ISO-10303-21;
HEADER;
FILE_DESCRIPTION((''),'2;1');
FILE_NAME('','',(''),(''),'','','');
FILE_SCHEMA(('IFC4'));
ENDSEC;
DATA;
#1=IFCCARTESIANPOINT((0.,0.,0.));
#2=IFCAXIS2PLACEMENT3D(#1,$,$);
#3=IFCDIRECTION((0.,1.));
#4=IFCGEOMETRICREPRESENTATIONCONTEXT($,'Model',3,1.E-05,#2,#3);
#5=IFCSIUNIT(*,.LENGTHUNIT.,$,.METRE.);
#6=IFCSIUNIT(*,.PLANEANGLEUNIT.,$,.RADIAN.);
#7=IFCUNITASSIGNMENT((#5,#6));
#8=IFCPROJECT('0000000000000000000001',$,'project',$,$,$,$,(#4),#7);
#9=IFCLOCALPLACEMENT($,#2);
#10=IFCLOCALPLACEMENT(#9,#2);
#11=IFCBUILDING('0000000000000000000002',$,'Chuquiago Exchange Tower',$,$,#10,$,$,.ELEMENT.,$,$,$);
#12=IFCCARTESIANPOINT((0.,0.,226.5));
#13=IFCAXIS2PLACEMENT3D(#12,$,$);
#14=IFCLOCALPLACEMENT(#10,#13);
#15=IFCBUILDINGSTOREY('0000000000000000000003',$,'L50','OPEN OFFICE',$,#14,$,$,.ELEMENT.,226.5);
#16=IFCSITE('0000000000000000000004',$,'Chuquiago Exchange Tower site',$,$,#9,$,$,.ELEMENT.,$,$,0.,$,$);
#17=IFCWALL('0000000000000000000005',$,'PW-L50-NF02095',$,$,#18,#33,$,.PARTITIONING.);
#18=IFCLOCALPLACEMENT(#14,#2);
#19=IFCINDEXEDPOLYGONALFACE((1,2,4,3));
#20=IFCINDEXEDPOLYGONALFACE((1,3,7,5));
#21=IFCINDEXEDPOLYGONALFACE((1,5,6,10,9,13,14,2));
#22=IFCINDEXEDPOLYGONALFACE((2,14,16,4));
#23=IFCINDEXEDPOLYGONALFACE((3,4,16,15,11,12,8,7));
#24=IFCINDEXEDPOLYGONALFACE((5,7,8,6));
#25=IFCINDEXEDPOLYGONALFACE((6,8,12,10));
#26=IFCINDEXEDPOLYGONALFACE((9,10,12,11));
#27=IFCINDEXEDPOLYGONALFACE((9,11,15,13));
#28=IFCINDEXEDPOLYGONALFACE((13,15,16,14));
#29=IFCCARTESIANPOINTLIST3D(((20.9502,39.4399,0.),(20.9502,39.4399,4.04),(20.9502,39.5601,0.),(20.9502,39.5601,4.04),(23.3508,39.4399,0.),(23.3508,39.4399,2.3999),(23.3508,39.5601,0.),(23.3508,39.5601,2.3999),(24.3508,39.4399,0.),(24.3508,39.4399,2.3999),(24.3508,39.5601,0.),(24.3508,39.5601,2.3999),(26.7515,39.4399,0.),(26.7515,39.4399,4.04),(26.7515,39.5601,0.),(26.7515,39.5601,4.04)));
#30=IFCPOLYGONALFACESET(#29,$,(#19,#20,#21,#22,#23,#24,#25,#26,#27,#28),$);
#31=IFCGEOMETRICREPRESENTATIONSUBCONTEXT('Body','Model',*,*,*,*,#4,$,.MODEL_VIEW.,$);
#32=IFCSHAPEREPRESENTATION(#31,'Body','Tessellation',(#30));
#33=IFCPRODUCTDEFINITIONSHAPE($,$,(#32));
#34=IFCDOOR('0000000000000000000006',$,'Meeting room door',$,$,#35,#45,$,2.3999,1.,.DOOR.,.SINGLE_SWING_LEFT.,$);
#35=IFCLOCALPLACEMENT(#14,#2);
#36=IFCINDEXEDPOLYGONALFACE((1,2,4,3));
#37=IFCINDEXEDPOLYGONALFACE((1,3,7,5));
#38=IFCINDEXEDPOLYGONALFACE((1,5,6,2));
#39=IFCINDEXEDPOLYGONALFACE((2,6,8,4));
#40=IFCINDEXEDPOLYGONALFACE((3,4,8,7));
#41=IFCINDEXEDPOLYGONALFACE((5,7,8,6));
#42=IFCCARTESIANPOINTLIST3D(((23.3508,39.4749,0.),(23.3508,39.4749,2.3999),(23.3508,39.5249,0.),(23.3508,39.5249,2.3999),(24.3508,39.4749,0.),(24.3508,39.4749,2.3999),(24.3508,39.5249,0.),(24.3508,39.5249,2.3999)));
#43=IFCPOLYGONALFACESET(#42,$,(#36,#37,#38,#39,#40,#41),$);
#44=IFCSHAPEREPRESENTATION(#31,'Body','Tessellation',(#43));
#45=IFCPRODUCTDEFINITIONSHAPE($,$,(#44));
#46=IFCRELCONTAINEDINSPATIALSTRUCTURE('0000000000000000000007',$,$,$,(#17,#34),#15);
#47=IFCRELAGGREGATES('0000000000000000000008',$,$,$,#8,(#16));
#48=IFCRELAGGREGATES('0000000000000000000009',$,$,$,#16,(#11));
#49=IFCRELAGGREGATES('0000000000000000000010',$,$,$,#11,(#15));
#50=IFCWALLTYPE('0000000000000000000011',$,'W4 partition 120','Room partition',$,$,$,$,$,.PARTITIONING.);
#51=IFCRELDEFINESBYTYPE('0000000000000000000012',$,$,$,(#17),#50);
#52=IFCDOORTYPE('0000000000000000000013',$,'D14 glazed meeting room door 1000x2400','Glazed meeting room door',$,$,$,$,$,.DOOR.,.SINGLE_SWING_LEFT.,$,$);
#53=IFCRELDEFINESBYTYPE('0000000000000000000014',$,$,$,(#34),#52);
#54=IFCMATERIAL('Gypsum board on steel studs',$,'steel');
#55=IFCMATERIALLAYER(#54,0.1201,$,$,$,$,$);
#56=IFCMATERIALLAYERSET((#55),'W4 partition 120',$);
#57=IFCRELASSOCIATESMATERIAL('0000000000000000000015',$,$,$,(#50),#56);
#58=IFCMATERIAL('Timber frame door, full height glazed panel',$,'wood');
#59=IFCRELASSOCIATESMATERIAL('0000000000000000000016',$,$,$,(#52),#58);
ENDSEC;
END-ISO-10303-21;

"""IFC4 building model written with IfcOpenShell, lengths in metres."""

from ifc_helpers import new_model, si_unit, direction, frame, frame_2d, origin, place, context, subcontext, project, spatial, rectangle, extrude, material, layer, layer_set, type_object, element, fill, save


model = new_model("IFC4")

# Units and contexts
model_context = context("Model", 3, precision=1e-05, world=origin(), true_north=direction((0.0, 1.0)))
body_context = subcontext(model_context, "Body", "Model", "MODEL_VIEW")
ifc_project = project(units=[si_unit("LENGTHUNIT", "METRE"), si_unit("PLANEANGLEUNIT", "RADIAN")], contexts=[model_context])

# Site, building, storey
site_placement = place(None, origin())
site = spatial("IfcSite", under=ifc_project, at=site_placement, Name="Chuquiago Exchange Tower site", CompositionType="ELEMENT", RefElevation=0.0)
building_placement = place(site_placement, origin())
building = spatial("IfcBuilding", under=site, at=building_placement, Name="Chuquiago Exchange Tower", CompositionType="ELEMENT")
storey_placement = place(building_placement, frame((0.0, 0.0, 226.5)))
storey = spatial("IfcBuildingStorey", under=building, at=storey_placement, Name="L50", Description="OPEN OFFICE", CompositionType="ELEMENT", Elevation=226.5)

# Shared definitions
ifc_material_1 = material(Name="Gypsum board on steel studs", Category="steel")
ifc_layer_1 = layer(ifc_material_1, 0.1201)
ifc_layer_set_1 = layer_set([ifc_layer_1], Name="W4 partition 120")
wall_type_1 = type_object("IfcWallType", Name="W4 partition 120", Description="Room partition", PredefinedType="PARTITIONING", material=ifc_layer_set_1)

# Wall, opening, door
wall_1_placement = place(storey_placement, frame((20.9502, 39.5, 0.0), z_axis=(0.0, 0.0, 1.0), x_axis=(1.0, 0.0, 0.0)))
wall_1 = element("IfcWall", 1, at=wall_1_placement, inside=storey, type_object=wall_type_1, Name="PW-L50-NF02095", PredefinedType="PARTITIONING", context=body_context, shape_type="SweptSolid", body=[
    extrude(rectangle(XDim=5.8013, YDim=0.1201, at=frame_2d((2.9006, 0.0))), origin(), (0.0, 0.0, 1.0), 4.04),
])
opening_placement = place(wall_1_placement, frame((2.4006, 0.0, 0.0)))
opening = element("IfcOpeningElement", 2, at=opening_placement, cuts=wall_1, PredefinedType="OPENING", context=body_context, shape_type="SweptSolid", body=[
    extrude(rectangle(XDim=1.0, YDim=2.3999, at=frame_2d((0.5, 1.2))), frame((0.0, 0.0701, 0.0), z_axis=(0.0, -1.0, 0.0), x_axis=(1.0, 0.0, 0.0)), (0.0, 0.0, 1.0), 0.1401),
])
ifc_material_2 = material(Name="Timber frame door, full height glazed panel", Category="wood")
door_type = type_object("IfcDoorType", Name="D14 glazed meeting room door 1000x2400", Description="Glazed meeting room door", OperationType="SINGLE_SWING_LEFT", PredefinedType="DOOR", material=ifc_material_2)
door_placement = place(opening_placement, origin())
door = element("IfcDoor", 3, at=door_placement, inside=storey, type_object=door_type, Name="Meeting room door", OperationType="SINGLE_SWING_LEFT", OverallHeight=2.3999, OverallWidth=1.0, PredefinedType="DOOR", context=body_context, shape_type="SweptSolid", body=[
    extrude(rectangle(XDim=1.0, YDim=2.3999, at=frame_2d((0.5, 1.2))), frame((0.0, 0.0249, 0.0), z_axis=(0.0, -1.0, 0.0), x_axis=(1.0, 0.0, 0.0)), (0.0, 0.0, 1.0), 0.05),
])
fill(opening, door)

save(model, "model.ifc")
